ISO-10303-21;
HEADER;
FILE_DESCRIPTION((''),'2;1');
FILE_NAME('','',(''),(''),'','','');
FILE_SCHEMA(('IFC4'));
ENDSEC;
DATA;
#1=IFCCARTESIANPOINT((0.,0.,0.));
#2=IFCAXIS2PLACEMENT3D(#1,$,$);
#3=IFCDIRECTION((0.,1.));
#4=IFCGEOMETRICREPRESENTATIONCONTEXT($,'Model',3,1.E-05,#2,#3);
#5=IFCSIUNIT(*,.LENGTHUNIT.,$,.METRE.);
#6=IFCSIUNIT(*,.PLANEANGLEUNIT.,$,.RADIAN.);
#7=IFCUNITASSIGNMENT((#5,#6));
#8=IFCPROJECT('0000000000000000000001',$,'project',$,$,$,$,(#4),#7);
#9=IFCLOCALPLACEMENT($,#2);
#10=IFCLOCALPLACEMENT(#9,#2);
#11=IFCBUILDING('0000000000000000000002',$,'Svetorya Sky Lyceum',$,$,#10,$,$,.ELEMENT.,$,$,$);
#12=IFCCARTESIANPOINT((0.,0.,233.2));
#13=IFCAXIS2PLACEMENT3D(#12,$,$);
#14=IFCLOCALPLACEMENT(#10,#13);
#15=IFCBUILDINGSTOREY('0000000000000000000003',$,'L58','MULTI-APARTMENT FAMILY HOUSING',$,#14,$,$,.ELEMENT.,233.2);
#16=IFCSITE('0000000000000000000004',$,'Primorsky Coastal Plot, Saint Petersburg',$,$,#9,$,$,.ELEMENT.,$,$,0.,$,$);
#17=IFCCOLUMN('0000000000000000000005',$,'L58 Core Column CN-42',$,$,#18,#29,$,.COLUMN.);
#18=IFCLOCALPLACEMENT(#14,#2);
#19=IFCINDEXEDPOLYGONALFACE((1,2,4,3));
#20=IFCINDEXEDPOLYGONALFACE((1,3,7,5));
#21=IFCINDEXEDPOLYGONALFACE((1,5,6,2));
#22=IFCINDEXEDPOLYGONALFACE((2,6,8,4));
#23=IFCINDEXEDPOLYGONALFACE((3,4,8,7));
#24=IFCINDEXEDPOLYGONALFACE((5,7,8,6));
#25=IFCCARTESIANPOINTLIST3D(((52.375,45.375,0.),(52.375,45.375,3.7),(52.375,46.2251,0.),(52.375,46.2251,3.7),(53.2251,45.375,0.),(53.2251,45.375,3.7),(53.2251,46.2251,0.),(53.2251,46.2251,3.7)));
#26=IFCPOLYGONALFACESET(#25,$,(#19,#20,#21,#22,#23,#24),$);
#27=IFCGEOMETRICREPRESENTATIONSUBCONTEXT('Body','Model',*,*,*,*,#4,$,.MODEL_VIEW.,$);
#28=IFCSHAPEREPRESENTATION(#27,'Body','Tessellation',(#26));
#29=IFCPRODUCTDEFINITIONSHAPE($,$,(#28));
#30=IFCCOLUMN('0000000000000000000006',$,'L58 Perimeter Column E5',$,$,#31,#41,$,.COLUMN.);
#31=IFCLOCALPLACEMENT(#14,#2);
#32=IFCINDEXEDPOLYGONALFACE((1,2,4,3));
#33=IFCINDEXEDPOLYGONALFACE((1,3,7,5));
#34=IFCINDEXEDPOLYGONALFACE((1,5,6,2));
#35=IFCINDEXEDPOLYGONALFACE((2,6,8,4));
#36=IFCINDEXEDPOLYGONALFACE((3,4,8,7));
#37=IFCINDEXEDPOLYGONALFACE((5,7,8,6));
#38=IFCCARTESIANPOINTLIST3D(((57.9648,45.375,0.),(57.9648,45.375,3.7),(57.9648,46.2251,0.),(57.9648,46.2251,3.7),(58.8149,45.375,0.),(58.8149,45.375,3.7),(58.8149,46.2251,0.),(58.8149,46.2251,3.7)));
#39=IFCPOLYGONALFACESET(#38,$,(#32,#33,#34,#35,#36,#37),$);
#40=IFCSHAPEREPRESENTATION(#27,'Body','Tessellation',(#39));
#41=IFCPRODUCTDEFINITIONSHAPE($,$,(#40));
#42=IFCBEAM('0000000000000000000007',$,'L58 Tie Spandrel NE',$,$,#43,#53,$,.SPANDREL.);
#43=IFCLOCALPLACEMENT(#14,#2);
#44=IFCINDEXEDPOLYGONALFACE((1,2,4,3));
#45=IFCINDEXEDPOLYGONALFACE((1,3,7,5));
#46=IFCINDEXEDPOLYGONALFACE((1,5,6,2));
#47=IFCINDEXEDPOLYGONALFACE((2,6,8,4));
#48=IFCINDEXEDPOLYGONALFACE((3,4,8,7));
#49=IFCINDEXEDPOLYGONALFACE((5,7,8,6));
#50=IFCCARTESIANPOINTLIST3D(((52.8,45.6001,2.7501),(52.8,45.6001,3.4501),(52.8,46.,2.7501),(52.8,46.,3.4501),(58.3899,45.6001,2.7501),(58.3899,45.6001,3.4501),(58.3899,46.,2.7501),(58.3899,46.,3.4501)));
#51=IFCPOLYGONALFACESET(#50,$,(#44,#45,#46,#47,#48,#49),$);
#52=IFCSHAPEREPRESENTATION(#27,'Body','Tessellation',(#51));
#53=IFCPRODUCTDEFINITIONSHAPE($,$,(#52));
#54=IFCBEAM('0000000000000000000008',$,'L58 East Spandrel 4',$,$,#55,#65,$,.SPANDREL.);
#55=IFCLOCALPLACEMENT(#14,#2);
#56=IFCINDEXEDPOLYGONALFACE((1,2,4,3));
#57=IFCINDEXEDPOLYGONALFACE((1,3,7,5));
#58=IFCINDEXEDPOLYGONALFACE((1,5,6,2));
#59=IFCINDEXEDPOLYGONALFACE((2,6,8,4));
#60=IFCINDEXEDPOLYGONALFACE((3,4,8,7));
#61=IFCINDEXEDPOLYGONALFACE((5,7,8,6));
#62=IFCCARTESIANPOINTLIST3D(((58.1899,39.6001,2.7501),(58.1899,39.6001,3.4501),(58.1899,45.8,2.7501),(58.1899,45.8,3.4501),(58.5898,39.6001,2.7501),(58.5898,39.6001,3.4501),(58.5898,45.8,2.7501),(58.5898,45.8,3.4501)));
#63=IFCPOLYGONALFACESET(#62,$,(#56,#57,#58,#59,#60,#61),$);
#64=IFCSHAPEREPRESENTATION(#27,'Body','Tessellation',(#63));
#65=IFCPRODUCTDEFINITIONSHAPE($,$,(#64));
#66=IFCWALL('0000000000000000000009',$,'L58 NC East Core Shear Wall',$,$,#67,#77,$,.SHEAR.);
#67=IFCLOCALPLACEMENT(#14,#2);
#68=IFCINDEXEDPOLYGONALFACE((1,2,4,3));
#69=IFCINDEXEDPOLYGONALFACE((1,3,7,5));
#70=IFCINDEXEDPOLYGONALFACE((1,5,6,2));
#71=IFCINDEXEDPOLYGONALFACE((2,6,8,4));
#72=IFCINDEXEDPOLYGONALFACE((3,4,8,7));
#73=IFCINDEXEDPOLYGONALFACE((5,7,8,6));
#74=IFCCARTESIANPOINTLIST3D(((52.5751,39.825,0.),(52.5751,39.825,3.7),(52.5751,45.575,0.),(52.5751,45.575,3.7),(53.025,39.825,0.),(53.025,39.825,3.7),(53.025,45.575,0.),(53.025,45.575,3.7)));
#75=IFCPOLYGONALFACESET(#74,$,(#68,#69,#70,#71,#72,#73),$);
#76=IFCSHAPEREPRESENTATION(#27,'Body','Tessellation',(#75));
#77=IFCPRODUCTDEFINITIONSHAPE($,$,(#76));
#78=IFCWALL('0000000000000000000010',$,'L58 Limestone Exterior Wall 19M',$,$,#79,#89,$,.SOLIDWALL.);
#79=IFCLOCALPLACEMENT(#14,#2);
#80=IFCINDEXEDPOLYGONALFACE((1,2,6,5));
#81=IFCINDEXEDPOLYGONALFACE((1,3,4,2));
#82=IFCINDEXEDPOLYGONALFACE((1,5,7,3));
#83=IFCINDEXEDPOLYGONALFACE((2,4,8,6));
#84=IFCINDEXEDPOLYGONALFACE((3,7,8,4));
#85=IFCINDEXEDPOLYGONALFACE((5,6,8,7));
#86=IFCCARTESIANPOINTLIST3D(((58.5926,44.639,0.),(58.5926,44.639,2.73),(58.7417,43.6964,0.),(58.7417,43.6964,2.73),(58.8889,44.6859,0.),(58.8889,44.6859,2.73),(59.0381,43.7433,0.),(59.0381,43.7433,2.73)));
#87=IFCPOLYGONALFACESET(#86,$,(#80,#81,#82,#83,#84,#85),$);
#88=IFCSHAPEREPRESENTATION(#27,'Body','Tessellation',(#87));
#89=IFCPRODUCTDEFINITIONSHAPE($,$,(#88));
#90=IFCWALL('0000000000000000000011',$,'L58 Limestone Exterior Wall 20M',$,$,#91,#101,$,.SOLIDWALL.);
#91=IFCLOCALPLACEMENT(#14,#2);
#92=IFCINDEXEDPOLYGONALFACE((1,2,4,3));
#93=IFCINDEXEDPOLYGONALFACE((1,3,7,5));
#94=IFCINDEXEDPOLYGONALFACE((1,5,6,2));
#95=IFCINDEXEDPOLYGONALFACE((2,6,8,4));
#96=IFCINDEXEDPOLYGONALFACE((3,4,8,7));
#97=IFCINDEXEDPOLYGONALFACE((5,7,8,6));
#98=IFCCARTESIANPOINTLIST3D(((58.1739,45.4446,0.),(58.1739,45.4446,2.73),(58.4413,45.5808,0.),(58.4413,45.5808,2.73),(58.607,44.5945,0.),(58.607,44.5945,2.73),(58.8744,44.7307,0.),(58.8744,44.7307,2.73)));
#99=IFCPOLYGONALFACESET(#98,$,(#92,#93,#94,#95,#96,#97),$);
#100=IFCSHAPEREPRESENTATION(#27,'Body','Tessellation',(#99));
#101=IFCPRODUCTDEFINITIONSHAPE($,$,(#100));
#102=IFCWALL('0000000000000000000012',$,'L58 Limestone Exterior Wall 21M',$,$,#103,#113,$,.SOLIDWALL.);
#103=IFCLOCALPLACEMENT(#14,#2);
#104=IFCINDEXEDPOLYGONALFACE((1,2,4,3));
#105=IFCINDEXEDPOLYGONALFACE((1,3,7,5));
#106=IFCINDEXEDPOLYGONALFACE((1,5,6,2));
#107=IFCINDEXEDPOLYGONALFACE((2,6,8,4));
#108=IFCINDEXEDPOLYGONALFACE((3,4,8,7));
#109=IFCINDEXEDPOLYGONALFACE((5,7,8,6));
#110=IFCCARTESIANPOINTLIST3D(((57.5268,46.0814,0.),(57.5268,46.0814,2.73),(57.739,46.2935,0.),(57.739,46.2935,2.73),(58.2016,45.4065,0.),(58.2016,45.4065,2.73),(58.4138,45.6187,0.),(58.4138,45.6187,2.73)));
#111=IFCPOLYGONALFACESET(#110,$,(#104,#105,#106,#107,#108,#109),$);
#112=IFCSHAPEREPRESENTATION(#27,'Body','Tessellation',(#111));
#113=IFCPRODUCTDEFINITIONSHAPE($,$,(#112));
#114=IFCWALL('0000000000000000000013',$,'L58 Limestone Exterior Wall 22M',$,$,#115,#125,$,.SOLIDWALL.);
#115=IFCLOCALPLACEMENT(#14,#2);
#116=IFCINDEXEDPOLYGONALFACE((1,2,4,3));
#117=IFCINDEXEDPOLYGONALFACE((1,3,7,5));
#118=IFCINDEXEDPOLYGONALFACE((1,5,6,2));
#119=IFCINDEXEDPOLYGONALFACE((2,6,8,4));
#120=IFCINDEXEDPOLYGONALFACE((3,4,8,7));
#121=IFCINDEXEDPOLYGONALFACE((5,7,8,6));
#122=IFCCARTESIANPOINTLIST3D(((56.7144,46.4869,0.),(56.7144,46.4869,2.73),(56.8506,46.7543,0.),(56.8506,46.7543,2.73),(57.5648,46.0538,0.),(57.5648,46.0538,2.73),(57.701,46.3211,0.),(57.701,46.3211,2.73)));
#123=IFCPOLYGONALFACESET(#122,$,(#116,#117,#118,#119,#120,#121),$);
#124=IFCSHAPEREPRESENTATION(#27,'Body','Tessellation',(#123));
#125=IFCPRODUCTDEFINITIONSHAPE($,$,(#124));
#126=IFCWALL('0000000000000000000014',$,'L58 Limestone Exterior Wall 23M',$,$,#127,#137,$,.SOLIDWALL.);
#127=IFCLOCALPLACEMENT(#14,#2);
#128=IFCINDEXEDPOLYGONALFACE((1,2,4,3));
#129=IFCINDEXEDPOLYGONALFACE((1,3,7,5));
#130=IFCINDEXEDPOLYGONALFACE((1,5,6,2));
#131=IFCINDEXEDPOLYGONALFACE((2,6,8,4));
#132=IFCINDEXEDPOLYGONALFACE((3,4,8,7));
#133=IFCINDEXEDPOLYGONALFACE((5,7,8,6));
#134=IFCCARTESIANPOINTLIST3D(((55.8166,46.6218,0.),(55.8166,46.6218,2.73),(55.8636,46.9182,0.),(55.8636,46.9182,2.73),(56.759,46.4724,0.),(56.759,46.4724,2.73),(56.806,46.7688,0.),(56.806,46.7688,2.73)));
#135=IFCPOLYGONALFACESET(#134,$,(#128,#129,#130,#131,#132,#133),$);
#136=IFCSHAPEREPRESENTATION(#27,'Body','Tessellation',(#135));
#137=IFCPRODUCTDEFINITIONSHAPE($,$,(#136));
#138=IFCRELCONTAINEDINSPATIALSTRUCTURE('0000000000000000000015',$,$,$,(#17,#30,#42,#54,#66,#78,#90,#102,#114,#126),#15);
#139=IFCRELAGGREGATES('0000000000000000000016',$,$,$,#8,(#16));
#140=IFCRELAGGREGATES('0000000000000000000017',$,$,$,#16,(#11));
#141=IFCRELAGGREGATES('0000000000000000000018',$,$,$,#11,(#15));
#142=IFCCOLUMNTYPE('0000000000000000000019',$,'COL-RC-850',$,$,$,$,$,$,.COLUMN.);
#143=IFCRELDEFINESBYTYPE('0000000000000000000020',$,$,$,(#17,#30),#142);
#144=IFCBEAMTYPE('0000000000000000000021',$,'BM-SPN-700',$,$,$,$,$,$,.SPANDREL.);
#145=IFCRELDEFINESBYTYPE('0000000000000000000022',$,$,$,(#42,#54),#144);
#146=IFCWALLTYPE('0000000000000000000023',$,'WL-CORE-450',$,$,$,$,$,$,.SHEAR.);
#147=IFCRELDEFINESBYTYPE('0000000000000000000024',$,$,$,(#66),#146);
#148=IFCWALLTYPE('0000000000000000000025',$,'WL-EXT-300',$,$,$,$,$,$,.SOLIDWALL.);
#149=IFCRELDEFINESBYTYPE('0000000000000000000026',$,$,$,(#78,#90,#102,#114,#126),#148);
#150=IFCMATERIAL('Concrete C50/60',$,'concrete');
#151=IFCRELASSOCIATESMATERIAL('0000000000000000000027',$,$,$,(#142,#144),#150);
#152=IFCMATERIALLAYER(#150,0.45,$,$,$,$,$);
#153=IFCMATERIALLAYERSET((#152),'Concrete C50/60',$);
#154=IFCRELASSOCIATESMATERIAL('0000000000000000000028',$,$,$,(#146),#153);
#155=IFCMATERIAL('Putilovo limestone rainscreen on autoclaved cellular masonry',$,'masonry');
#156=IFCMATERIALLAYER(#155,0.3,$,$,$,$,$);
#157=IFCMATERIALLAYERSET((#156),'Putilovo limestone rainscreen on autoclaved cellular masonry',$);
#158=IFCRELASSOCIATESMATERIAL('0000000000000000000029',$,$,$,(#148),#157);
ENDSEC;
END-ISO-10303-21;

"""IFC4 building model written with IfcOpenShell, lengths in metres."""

from ifc_helpers import new_model, si_unit, direction, frame, frame_2d, origin, origin_2d, place, context, subcontext, project, spatial, rectangle, extrude, material, layer, layer_set, material_profile, profile_set, type_object, element, save


model = new_model("IFC4")

# Units and contexts
model_context = context("Model", 3, precision=1e-05, world=origin(), true_north=direction((0.0, 1.0)))
body_context = subcontext(model_context, "Body", "Model", "MODEL_VIEW")
ifc_project = project(units=[si_unit("LENGTHUNIT", "METRE"), si_unit("PLANEANGLEUNIT", "RADIAN")], contexts=[model_context])

# Site, building, storey
site_placement = place(None, origin())
site = spatial("IfcSite", under=ifc_project, at=site_placement, Name="Primorsky Coastal Plot, Saint Petersburg", CompositionType="ELEMENT", RefElevation=0.0)
building_placement = place(site_placement, origin())
building = spatial("IfcBuilding", under=site, at=building_placement, Name="Svetorya Sky Lyceum", CompositionType="ELEMENT")
storey_placement = place(building_placement, frame((0.0, 0.0, 233.2)))
storey = spatial("IfcBuildingStorey", under=building, at=storey_placement, Name="L58", Description="MULTI-APARTMENT FAMILY HOUSING", CompositionType="ELEMENT", Elevation=233.2)

# Columns
ifc_material_1 = material(Name="Concrete C50/60", Category="concrete")
ifc_material_profile_1 = material_profile(ifc_material_1, rectangle(XDim=0.8501, YDim=0.8501, at=origin_2d()), Name="RC COL 850x850")
ifc_profile_set_1 = profile_set([ifc_material_profile_1], Name="Concrete C50/60")
column_type = type_object("IfcColumnType", Name="COL-RC-850", PredefinedType="COLUMN", material=ifc_profile_set_1)
for number, where, z_axis, x_axis, name in (
    (1, (52.8, 45.8, 0.0), (0.0, 0.0, 1.0), (1.0, 0.0, 0.0), "L58 Core Column CN-42"),
    (2, (58.3899, 45.8, 0.0), (0.0, 0.0, 1.0), (1.0, 0.0, 0.0), "L58 Perimeter Column E5"),
):
    element("IfcColumn", number, at=place(storey_placement, frame(where, z_axis=z_axis, x_axis=x_axis)), inside=storey, type_object=column_type, Name=name, PredefinedType="COLUMN", context=body_context, shape_type="SweptSolid", body=[
        extrude(rectangle(XDim=0.8501, YDim=0.8501, at=origin_2d()), origin(), (0.0, 0.0, 1.0), 3.7),
    ])

# Beams
ifc_material_profile_2 = material_profile(ifc_material_1, rectangle(XDim=0.3999, YDim=0.7, at=origin_2d()), Name="RC SPANDREL 400x700")
ifc_profile_set_2 = profile_set([ifc_material_profile_2], Name="Concrete C50/60")
beam_type = type_object("IfcBeamType", Name="BM-SPN-700", PredefinedType="SPANDREL", material=ifc_profile_set_2)
beam_1_placement = place(storey_placement, frame((52.8, 45.8, 3.1001), z_axis=(1.0, 0.0, 0.0), x_axis=(0.0, 1.0, 0.0)))
element("IfcBeam", 3, at=beam_1_placement, inside=storey, type_object=beam_type, Name="L58 Tie Spandrel NE", PredefinedType="SPANDREL", context=body_context, shape_type="SweptSolid", body=[
    extrude(rectangle(XDim=0.3999, YDim=0.7, at=origin_2d()), origin(), (0.0, 0.0, 1.0), 5.5898),
])
beam_2_placement = place(storey_placement, frame((58.3899, 39.6001, 3.1001), z_axis=(0.0, 1.0, 0.0), x_axis=(-1.0, 0.0, 0.0)))
element("IfcBeam", 4, at=beam_2_placement, inside=storey, type_object=beam_type, Name="L58 East Spandrel 4", PredefinedType="SPANDREL", context=body_context, shape_type="SweptSolid", body=[
    extrude(rectangle(XDim=0.3999, YDim=0.7, at=origin_2d()), origin(), (0.0, 0.0, 1.0), 6.2),
])

# Walls
ifc_layer_1 = layer(ifc_material_1, 0.45)
ifc_layer_set_1 = layer_set([ifc_layer_1], Name="Concrete C50/60")
wall_type_1 = type_object("IfcWallType", Name="WL-CORE-450", PredefinedType="SHEAR", material=ifc_layer_set_1)
wall_1_placement = place(storey_placement, frame((52.8, 39.825, 0.0), z_axis=(0.0, 0.0, 1.0), x_axis=(0.0, 1.0, 0.0)))
element("IfcWall", 5, at=wall_1_placement, inside=storey, type_object=wall_type_1, Name="L58 NC East Core Shear Wall", PredefinedType="SHEAR", context=body_context, shape_type="SweptSolid", body=[
    extrude(rectangle(XDim=5.75, YDim=0.45, at=frame_2d((2.875, 0.0))), origin(), (0.0, 0.0, 1.0), 3.7),
])
ifc_material_2 = material(Name="Putilovo limestone rainscreen on autoclaved cellular masonry", Category="masonry")
ifc_layer_2 = layer(ifc_material_2, 0.3)
ifc_layer_set_2 = layer_set([ifc_layer_2], Name="Putilovo limestone rainscreen on autoclaved cellular masonry")
wall_type_2 = type_object("IfcWallType", Name="WL-EXT-300", PredefinedType="SOLIDWALL", material=ifc_layer_set_2)
wall_2_placement = place(storey_placement, frame((58.8899, 43.72, 0.0), z_axis=(0.0, 0.0, 1.0), x_axis=(-0.156304, 0.987709, 0.0)))
element("IfcWall", 6, at=wall_2_placement, inside=storey, type_object=wall_type_2, Name="L58 Limestone Exterior Wall 19M", PredefinedType="SOLIDWALL", context=body_context, shape_type="SweptSolid", body=[
    extrude(rectangle(XDim=0.9543, YDim=0.3, at=frame_2d((0.4771, 0.0))), origin(), (0.0, 0.0, 1.0), 2.73),
])
wall_3_placement = place(storey_placement, frame((58.7407, 44.6626, 0.0), z_axis=(0.0, 0.0, 1.0), x_axis=(-0.453956, 0.891024, 0.0)))
element("IfcWall", 7, at=wall_3_placement, inside=storey, type_object=wall_type_2, Name="L58 Limestone Exterior Wall 20M", PredefinedType="SOLIDWALL", context=body_context, shape_type="SweptSolid", body=[
    extrude(rectangle(XDim=0.9541, YDim=0.3, at=frame_2d((0.4771, 0.0))), origin(), (0.0, 0.0, 1.0), 2.73),
])
for number, where, z_axis, x_axis, name in (
    (8, (58.3076, 45.5127, 0.0), (0.0, 0.0, 1.0), (-0.707107, 0.707107, 0.0), "L58 Limestone Exterior Wall 21M"),
    (9, (57.6328, 46.1875, 0.0), (0.0, 0.0, 1.0), (-0.891077, 0.453853, 0.0), "L58 Limestone Exterior Wall 22M"),
):
    element("IfcWall", number, at=place(storey_placement, frame(where, z_axis=z_axis, x_axis=x_axis)), inside=storey, type_object=wall_type_2, Name=name, PredefinedType="SOLIDWALL", context=body_context, shape_type="SweptSolid", body=[
        extrude(rectangle(XDim=0.9543, YDim=0.3, at=frame_2d((0.4771, 0.0))), origin(), (0.0, 0.0, 1.0), 2.73),
    ])
wall_4_placement = place(storey_placement, frame((56.7825, 46.6206, 0.0), z_axis=(0.0, 0.0, 1.0), x_axis=(-0.987663, 0.156593, 0.0)))
element("IfcWall", 10, at=wall_4_placement, inside=storey, type_object=wall_type_2, Name="L58 Limestone Exterior Wall 23M", PredefinedType="SOLIDWALL", context=body_context, shape_type="SweptSolid", body=[
    extrude(rectangle(XDim=0.9541, YDim=0.3, at=frame_2d((0.4771, 0.0))), origin(), (0.0, 0.0, 1.0), 2.73),
])

save(model, "model.ifc")
